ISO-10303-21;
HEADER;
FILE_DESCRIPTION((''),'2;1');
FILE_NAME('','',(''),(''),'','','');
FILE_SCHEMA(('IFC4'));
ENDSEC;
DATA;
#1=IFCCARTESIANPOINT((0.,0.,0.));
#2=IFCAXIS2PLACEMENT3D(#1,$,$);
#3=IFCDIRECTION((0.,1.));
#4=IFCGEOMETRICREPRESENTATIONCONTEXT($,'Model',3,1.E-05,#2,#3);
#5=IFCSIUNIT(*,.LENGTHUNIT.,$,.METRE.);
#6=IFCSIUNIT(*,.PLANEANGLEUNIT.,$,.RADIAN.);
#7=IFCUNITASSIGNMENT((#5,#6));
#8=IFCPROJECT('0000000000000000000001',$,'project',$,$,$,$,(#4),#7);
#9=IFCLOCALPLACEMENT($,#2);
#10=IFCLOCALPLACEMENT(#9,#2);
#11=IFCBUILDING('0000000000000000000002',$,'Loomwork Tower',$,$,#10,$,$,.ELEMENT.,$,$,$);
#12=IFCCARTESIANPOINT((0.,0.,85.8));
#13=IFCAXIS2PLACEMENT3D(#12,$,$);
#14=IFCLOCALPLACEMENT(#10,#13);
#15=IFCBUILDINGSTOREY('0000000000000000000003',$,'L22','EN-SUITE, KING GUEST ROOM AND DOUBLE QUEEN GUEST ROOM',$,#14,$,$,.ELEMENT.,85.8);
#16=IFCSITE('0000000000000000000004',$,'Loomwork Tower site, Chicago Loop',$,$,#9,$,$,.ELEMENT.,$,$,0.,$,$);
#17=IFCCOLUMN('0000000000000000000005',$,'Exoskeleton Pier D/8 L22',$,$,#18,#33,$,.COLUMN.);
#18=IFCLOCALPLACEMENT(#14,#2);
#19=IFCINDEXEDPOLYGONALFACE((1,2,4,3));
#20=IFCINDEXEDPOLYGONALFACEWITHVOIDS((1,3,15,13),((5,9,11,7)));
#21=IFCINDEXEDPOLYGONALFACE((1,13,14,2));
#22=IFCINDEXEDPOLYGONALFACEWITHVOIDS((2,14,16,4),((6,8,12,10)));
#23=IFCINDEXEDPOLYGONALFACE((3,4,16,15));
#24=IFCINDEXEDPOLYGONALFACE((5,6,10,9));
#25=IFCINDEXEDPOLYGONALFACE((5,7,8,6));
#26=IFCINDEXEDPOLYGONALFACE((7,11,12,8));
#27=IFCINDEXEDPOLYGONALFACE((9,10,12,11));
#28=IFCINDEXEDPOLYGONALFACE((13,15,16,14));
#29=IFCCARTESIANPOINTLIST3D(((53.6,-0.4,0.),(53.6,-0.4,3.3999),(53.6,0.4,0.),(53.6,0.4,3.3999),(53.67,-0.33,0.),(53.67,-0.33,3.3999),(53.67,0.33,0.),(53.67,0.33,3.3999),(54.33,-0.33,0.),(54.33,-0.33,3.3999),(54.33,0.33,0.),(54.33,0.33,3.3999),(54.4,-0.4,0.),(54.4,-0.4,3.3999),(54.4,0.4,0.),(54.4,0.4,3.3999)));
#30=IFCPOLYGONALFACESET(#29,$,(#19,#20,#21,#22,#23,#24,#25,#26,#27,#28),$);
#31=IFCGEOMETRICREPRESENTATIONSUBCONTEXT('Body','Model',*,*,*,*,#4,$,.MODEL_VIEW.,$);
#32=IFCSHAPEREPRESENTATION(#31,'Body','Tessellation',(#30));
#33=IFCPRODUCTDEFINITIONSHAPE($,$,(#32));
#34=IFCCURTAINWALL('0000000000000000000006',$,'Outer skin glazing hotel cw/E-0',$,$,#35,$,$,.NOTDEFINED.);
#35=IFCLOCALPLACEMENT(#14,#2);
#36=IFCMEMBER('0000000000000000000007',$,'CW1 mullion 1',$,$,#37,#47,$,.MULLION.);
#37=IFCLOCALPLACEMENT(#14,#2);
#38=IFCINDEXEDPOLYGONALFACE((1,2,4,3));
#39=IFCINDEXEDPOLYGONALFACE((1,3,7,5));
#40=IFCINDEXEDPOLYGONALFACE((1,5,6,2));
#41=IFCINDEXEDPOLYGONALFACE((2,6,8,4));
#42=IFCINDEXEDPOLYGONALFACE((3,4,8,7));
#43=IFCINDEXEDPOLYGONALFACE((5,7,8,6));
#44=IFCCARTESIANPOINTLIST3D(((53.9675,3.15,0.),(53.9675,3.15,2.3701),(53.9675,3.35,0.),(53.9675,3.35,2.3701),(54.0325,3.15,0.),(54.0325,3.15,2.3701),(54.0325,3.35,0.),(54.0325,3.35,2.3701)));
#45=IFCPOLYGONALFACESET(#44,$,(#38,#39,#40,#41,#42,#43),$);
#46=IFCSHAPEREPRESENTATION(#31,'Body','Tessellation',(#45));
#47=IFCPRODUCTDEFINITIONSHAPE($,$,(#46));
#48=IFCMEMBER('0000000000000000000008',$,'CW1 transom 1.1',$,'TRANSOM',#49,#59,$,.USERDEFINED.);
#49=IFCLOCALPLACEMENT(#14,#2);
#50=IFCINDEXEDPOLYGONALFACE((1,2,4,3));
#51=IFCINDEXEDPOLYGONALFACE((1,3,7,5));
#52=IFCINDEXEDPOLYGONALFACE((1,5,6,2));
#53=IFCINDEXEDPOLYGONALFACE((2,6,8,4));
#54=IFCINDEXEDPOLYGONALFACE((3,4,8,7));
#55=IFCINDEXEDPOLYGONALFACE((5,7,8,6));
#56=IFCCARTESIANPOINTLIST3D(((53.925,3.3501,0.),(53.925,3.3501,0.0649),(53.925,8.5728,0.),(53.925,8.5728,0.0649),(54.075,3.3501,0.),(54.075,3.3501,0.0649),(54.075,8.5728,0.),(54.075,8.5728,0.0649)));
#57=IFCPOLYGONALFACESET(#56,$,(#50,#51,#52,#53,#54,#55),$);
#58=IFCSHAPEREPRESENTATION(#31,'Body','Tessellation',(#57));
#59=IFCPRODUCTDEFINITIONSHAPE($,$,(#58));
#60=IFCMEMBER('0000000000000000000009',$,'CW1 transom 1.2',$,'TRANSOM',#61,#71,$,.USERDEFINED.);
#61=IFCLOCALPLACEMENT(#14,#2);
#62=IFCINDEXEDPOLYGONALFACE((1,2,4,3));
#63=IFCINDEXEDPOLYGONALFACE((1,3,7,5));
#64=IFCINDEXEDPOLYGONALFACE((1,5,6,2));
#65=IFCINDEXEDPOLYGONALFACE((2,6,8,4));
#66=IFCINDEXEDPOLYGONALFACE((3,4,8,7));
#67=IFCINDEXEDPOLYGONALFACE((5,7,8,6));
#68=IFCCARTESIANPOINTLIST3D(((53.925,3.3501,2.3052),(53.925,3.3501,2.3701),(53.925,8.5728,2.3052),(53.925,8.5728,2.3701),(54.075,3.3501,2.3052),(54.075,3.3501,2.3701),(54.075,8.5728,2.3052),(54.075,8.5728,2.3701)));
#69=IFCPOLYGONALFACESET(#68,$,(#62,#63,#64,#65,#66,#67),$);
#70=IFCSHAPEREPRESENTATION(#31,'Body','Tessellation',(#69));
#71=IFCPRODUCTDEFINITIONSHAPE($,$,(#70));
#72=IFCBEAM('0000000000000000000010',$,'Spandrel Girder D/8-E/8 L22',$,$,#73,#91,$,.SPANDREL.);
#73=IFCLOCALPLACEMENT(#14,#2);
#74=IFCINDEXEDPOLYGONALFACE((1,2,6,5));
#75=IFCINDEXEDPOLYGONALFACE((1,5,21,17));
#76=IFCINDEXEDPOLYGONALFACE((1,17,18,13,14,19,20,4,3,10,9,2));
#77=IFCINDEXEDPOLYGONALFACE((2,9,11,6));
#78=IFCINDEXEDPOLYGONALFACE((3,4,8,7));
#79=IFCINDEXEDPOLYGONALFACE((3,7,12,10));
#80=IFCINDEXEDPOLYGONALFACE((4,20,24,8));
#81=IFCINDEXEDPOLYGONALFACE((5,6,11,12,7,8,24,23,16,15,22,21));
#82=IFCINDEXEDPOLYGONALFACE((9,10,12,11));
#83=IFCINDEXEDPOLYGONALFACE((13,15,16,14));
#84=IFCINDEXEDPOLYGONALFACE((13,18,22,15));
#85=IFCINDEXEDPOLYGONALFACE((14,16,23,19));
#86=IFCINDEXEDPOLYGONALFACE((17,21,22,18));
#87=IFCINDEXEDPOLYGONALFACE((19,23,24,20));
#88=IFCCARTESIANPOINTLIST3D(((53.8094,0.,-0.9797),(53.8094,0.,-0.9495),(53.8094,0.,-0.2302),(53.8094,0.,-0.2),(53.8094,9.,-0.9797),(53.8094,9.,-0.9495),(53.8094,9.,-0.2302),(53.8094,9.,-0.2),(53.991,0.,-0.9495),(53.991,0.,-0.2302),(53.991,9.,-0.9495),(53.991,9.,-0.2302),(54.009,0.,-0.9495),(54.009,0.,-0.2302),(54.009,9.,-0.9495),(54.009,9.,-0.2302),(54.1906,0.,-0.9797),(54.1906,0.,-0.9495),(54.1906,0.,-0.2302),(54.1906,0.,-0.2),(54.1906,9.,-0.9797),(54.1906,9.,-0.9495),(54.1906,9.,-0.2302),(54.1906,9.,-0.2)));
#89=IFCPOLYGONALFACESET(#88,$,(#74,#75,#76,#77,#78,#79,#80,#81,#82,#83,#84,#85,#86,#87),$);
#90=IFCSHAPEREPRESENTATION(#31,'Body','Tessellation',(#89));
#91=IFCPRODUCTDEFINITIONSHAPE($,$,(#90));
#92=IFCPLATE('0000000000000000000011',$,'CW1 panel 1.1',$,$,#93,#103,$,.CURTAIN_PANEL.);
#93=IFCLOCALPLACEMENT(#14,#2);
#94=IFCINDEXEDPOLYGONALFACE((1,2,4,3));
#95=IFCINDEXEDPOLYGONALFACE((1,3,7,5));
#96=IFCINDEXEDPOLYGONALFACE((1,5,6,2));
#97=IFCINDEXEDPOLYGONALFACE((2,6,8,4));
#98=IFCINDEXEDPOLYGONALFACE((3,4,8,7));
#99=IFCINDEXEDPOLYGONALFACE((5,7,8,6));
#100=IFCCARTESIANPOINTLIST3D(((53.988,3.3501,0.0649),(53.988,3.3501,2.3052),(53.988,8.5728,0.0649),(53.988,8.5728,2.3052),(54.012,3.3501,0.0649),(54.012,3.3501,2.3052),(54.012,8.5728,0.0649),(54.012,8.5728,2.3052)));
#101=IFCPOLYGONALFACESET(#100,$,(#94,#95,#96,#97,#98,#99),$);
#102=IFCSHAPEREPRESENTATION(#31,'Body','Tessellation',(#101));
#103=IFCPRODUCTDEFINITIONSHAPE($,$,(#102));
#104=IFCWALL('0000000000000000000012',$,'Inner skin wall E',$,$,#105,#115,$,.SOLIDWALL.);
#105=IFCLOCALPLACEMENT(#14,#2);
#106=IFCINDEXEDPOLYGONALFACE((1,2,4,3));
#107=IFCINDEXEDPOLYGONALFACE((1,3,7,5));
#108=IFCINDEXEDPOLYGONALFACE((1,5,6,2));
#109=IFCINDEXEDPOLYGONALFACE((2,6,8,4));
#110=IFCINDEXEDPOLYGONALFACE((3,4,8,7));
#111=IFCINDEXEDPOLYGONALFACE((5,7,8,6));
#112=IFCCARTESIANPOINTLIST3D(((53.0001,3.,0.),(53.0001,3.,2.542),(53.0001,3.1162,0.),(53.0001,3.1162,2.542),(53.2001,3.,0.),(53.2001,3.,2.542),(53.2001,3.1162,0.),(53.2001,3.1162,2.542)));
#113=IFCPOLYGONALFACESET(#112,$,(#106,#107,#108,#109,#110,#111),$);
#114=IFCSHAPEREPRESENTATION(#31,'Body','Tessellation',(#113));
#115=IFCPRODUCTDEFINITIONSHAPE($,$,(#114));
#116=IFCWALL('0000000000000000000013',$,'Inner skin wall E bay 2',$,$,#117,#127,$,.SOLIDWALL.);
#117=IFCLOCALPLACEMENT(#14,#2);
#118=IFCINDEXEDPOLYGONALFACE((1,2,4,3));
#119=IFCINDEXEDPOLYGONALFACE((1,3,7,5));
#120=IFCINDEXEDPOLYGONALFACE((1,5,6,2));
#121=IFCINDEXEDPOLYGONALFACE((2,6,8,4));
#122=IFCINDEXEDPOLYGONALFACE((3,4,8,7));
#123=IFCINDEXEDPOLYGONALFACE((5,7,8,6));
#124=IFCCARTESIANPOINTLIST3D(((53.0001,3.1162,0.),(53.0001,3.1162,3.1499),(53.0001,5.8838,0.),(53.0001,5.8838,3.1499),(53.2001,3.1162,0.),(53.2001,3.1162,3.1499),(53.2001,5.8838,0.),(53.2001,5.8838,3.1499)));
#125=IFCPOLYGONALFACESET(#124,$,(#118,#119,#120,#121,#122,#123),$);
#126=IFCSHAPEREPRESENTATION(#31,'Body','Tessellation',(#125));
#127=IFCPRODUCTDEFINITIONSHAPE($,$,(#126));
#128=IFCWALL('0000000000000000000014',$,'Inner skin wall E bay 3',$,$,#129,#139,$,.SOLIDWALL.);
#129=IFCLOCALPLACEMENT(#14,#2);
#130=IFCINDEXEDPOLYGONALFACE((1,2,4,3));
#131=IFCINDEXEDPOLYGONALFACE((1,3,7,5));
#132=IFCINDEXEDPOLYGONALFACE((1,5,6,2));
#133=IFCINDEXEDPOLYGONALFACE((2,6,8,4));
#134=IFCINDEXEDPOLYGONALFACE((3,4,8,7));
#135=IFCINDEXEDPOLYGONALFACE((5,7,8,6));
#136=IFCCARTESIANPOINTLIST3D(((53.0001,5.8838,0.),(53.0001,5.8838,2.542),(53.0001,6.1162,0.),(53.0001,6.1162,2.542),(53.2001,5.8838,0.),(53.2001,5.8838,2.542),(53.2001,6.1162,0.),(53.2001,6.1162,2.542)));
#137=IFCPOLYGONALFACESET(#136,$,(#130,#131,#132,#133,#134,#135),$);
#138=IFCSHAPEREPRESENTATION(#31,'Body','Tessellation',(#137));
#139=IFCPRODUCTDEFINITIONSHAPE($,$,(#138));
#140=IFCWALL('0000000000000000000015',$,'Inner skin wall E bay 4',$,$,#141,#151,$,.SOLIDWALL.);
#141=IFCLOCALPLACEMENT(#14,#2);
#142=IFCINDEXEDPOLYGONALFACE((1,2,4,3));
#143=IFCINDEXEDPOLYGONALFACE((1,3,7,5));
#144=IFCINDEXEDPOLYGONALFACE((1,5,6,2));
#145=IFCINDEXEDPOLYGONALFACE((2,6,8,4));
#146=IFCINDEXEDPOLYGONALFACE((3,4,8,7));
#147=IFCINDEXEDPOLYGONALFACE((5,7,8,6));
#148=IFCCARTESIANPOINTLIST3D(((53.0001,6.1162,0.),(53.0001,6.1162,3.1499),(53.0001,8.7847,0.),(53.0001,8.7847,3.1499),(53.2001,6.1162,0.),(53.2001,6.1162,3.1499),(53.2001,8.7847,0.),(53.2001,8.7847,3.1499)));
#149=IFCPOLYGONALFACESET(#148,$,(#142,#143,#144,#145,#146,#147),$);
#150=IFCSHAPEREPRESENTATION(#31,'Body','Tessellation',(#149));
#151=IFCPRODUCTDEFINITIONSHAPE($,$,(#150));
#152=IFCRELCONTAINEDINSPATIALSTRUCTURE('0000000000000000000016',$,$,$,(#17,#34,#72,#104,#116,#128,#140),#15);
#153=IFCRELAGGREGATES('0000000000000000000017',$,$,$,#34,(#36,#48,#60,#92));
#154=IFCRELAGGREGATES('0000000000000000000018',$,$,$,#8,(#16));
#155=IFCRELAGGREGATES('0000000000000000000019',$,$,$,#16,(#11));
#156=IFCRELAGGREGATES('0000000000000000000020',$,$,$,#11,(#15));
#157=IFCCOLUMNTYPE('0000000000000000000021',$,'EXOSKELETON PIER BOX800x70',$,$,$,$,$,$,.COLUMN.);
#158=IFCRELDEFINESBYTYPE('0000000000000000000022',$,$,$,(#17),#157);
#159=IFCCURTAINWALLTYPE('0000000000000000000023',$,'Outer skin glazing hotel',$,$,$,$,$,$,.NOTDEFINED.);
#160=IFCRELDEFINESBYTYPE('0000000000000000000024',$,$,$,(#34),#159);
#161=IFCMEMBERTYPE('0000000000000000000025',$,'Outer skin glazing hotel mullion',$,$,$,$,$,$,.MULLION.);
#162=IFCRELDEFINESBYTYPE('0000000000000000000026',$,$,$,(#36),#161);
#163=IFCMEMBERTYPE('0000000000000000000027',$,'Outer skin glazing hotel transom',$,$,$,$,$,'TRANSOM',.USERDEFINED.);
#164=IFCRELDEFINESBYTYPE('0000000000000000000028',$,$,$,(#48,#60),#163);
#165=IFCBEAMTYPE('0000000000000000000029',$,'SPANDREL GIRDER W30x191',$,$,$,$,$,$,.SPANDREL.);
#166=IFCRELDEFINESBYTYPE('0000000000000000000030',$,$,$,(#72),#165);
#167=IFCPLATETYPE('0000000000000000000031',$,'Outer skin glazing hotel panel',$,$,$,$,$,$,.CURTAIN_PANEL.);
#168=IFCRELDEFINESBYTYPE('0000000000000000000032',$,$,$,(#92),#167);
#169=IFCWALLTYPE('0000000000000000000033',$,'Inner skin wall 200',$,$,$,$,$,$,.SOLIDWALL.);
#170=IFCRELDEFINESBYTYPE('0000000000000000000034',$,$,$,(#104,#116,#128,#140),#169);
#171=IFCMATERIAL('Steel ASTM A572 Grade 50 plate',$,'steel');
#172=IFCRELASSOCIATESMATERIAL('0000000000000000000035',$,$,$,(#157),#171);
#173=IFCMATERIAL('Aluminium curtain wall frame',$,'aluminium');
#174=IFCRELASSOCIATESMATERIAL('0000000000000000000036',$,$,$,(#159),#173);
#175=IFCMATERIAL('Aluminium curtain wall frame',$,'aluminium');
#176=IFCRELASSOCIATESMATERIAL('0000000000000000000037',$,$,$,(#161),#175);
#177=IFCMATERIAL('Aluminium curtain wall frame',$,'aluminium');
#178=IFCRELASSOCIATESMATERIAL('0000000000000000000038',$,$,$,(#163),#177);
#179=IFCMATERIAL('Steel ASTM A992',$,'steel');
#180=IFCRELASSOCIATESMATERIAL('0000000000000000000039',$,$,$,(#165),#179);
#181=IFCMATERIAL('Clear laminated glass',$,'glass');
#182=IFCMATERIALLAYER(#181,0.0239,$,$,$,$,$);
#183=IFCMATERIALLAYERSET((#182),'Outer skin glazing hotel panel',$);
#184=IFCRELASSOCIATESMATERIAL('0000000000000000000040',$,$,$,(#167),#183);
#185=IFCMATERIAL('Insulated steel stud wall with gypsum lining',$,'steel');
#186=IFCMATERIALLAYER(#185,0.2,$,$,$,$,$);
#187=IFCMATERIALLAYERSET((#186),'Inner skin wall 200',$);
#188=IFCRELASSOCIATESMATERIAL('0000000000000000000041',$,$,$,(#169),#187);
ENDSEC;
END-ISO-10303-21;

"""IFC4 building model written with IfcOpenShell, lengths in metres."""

from ifc_helpers import new_model, si_unit, direction, frame, frame_2d, origin, origin_2d, place, context, subcontext, project, spatial, rectangle, hollow_rectangle, i_section, extrude, material, layer, layer_set, material_profile, profile_set, type_object, element, aggregate, save


model = new_model("IFC4")

# Units and contexts
model_context = context("Model", 3, precision=1e-05, world=origin(), true_north=direction((0.0, 1.0)))
body_context = subcontext(model_context, "Body", "Model", "MODEL_VIEW")
ifc_project = project(units=[si_unit("LENGTHUNIT", "METRE"), si_unit("PLANEANGLEUNIT", "RADIAN")], contexts=[model_context])

# Site, building, storey
site_placement = place(None, origin())
site = spatial("IfcSite", under=ifc_project, at=site_placement, Name="Loomwork Tower site, Chicago Loop", CompositionType="ELEMENT", RefElevation=0.0)
building_placement = place(site_placement, origin())
building = spatial("IfcBuilding", under=site, at=building_placement, Name="Loomwork Tower", CompositionType="ELEMENT")
storey_placement = place(building_placement, frame((0.0, 0.0, 85.8)))
storey = spatial("IfcBuildingStorey", under=building, at=storey_placement, Name="L22", Description="EN-SUITE, KING GUEST ROOM AND DOUBLE QUEEN GUEST ROOM", CompositionType="ELEMENT", Elevation=85.8)

# Column
ifc_material_1 = material(Name="Steel ASTM A572 Grade 50 plate", Category="steel")
ifc_material_profile_1 = material_profile(ifc_material_1, hollow_rectangle(XDim=0.8, YDim=0.8, WallThickness=0.0701, at=origin_2d()), Name="BOX800x70")
ifc_profile_set_1 = profile_set([ifc_material_profile_1], Name="Steel ASTM A572 Grade 50 plate")
column_type = type_object("IfcColumnType", Name="EXOSKELETON PIER BOX800x70", PredefinedType="COLUMN", material=ifc_profile_set_1)
column_placement = place(storey_placement, frame((54.0, 0.0, 0.0), z_axis=(0.0, 0.0, 1.0), x_axis=(1.0, 0.0, 0.0)))
element("IfcColumn", 1, at=column_placement, inside=storey, type_object=column_type, Name="Exoskeleton Pier D/8 L22", PredefinedType="COLUMN", context=body_context, shape_type="SweptSolid", body=[
    extrude(hollow_rectangle(XDim=0.8, YDim=0.8, WallThickness=0.0701, at=origin_2d()), origin(), (0.0, 0.0, 1.0), 3.3999),
])

# Curtain wall, members
ifc_material_2 = material(Name="Aluminium curtain wall frame", Category="aluminium")
curtain_wall_type = type_object("IfcCurtainWallType", Name="Outer skin glazing hotel", PredefinedType="NOTDEFINED", material=ifc_material_2)
curtain_wall_placement = place(storey_placement, origin())
curtain_wall = element("IfcCurtainWall", 2, at=curtain_wall_placement, inside=storey, type_object=curtain_wall_type, Name="Outer skin glazing hotel cw/E-0", PredefinedType="NOTDEFINED")
ifc_material_3 = material(Name="Aluminium curtain wall frame", Category="aluminium")
ifc_material_profile_2 = material_profile(ifc_material_3, rectangle(XDim=0.0649, YDim=0.2, at=origin_2d()), Name="AL 65x200")
ifc_profile_set_2 = profile_set([ifc_material_profile_2], Name="Aluminium curtain wall frame")
member_type_1 = type_object("IfcMemberType", Name="Outer skin glazing hotel mullion", PredefinedType="MULLION", material=ifc_profile_set_2)
member_1_placement = place(storey_placement, frame((54.0, 3.25, 0.0), z_axis=(0.0, 0.0, 1.0), x_axis=(-1.0, 0.0, 0.0)))
member_1 = element("IfcMember", 3, at=member_1_placement, type_object=member_type_1, Name="CW1 mullion 1", PredefinedType="MULLION", context=body_context, shape_type="SweptSolid", body=[
    extrude(rectangle(XDim=0.0649, YDim=0.2, at=origin_2d()), origin(), (0.0, 0.0, 1.0), 2.3701),
])
ifc_material_4 = material(Name="Aluminium curtain wall frame", Category="aluminium")
ifc_material_profile_3 = material_profile(ifc_material_4, rectangle(XDim=0.1499, YDim=0.0649, at=origin_2d()), Name="AL 65x150")
ifc_profile_set_3 = profile_set([ifc_material_profile_3], Name="Aluminium curtain wall frame")
member_type_2 = type_object("IfcMemberType", Name="Outer skin glazing hotel transom", ElementType="TRANSOM", PredefinedType="USERDEFINED", material=ifc_profile_set_3)
member_2_placement = place(storey_placement, frame((54.0, 3.3501, 0.0325), z_axis=(0.0, 1.0, 0.0), x_axis=(-1.0, 0.0, 0.0)))
member_2 = element("IfcMember", 4, at=member_2_placement, type_object=member_type_2, Name="CW1 transom 1.1", ObjectType="TRANSOM", PredefinedType="USERDEFINED", context=body_context, shape_type="SweptSolid", body=[
    extrude(rectangle(XDim=0.1499, YDim=0.0649, at=origin_2d()), origin(), (0.0, 0.0, 1.0), 5.2227),
])
member_3_placement = place(storey_placement, frame((54.0, 3.3501, 2.3376), z_axis=(0.0, 1.0, 0.0), x_axis=(-1.0, 0.0, 0.0)))
member_3 = element("IfcMember", 5, at=member_3_placement, type_object=member_type_2, Name="CW1 transom 1.2", ObjectType="TRANSOM", PredefinedType="USERDEFINED", context=body_context, shape_type="SweptSolid", body=[
    extrude(rectangle(XDim=0.1499, YDim=0.0649, at=origin_2d()), origin(), (0.0, 0.0, 1.0), 5.2227),
])

# Beam
ifc_material_5 = material(Name="Steel ASTM A992", Category="steel")
ifc_material_profile_4 = material_profile(ifc_material_5, i_section(OverallWidth=0.3811, OverallDepth=0.7798, WebThickness=0.0181, FlangeThickness=0.0303, at=origin_2d()), Name="W30x191")
ifc_profile_set_4 = profile_set([ifc_material_profile_4], Name="Steel ASTM A992")
beam_type = type_object("IfcBeamType", Name="SPANDREL GIRDER W30x191", PredefinedType="SPANDREL", material=ifc_profile_set_4)
beam_placement = place(storey_placement, frame((54.0, 0.0, -0.5898), z_axis=(0.0, 1.0, 0.0), x_axis=(-1.0, 0.0, 0.0)))
element("IfcBeam", 6, at=beam_placement, inside=storey, type_object=beam_type, Name="Spandrel Girder D/8-E/8 L22", PredefinedType="SPANDREL", context=body_context, shape_type="SweptSolid", body=[
    extrude(i_section(OverallWidth=0.3811, OverallDepth=0.7798, WebThickness=0.0181, FlangeThickness=0.0303, at=origin_2d()), origin(), (0.0, 0.0, 1.0), 9.0),
])

# Plate
ifc_material_6 = material(Name="Clear laminated glass", Category="glass")
ifc_layer_1 = layer(ifc_material_6, 0.0239)
ifc_layer_set_1 = layer_set([ifc_layer_1], Name="Outer skin glazing hotel panel")
plate_type = type_object("IfcPlateType", Name="Outer skin glazing hotel panel", PredefinedType="CURTAIN_PANEL", material=ifc_layer_set_1)
plate_placement = place(storey_placement, frame((54.0, 5.9614, 0.0649), z_axis=(0.0, 0.0, 1.0), x_axis=(0.0, 1.0, 0.0)))
plate = element("IfcPlate", 7, at=plate_placement, type_object=plate_type, Name="CW1 panel 1.1", PredefinedType="CURTAIN_PANEL", context=body_context, shape_type="SweptSolid", body=[
    extrude(rectangle(XDim=5.2227, YDim=0.0239, at=origin_2d()), origin(), (0.0, 0.0, 1.0), 2.2402),
])
aggregate(curtain_wall, [member_1, member_2, member_3, plate])

# Walls
ifc_material_7 = material(Name="Insulated steel stud wall with gypsum lining", Category="steel")
ifc_layer_2 = layer(ifc_material_7, 0.2)
ifc_layer_set_2 = layer_set([ifc_layer_2], Name="Inner skin wall 200")
wall_type_1 = type_object("IfcWallType", Name="Inner skin wall 200", PredefinedType="SOLIDWALL", material=ifc_layer_set_2)
wall_1_placement = place(storey_placement, frame((53.1001, 3.0, 0.0), z_axis=(0.0, 0.0, 1.0), x_axis=(0.0, 1.0, 0.0)))
element("IfcWall", 8, at=wall_1_placement, inside=storey, type_object=wall_type_1, Name="Inner skin wall E", PredefinedType="SOLIDWALL", context=body_context, shape_type="SweptSolid", body=[
    extrude(rectangle(XDim=0.1162, YDim=0.2, at=frame_2d((0.0581, 0.0))), origin(), (0.0, 0.0, 1.0), 2.542),
])
wall_2_placement = place(storey_placement, frame((53.1001, 3.1162, 0.0), z_axis=(0.0, 0.0, 1.0), x_axis=(0.0, 1.0, 0.0)))
element("IfcWall", 9, at=wall_2_placement, inside=storey, type_object=wall_type_1, Name="Inner skin wall E bay 2", PredefinedType="SOLIDWALL", context=body_context, shape_type="SweptSolid", body=[
    extrude(rectangle(XDim=2.7676, YDim=0.2, at=frame_2d((1.3838, 0.0))), origin(), (0.0, 0.0, 1.0), 3.1499),
])
wall_3_placement = place(storey_placement, frame((53.1001, 5.8838, 0.0), z_axis=(0.0, 0.0, 1.0), x_axis=(0.0, 1.0, 0.0)))
element("IfcWall", 10, at=wall_3_placement, inside=storey, type_object=wall_type_1, Name="Inner skin wall E bay 3", PredefinedType="SOLIDWALL", context=body_context, shape_type="SweptSolid", body=[
    extrude(rectangle(XDim=0.2324, YDim=0.2, at=frame_2d((0.1162, 0.0))), origin(), (0.0, 0.0, 1.0), 2.542),
])
wall_4_placement = place(storey_placement, frame((53.1001, 6.1162, 0.0), z_axis=(0.0, 0.0, 1.0), x_axis=(0.0, 1.0, 0.0)))
element("IfcWall", 11, at=wall_4_placement, inside=storey, type_object=wall_type_1, Name="Inner skin wall E bay 4", PredefinedType="SOLIDWALL", context=body_context, shape_type="SweptSolid", body=[
    extrude(rectangle(XDim=2.6685, YDim=0.2, at=frame_2d((1.3342, 0.0))), origin(), (0.0, 0.0, 1.0), 3.1499),
])

save(model, "model.ifc")
